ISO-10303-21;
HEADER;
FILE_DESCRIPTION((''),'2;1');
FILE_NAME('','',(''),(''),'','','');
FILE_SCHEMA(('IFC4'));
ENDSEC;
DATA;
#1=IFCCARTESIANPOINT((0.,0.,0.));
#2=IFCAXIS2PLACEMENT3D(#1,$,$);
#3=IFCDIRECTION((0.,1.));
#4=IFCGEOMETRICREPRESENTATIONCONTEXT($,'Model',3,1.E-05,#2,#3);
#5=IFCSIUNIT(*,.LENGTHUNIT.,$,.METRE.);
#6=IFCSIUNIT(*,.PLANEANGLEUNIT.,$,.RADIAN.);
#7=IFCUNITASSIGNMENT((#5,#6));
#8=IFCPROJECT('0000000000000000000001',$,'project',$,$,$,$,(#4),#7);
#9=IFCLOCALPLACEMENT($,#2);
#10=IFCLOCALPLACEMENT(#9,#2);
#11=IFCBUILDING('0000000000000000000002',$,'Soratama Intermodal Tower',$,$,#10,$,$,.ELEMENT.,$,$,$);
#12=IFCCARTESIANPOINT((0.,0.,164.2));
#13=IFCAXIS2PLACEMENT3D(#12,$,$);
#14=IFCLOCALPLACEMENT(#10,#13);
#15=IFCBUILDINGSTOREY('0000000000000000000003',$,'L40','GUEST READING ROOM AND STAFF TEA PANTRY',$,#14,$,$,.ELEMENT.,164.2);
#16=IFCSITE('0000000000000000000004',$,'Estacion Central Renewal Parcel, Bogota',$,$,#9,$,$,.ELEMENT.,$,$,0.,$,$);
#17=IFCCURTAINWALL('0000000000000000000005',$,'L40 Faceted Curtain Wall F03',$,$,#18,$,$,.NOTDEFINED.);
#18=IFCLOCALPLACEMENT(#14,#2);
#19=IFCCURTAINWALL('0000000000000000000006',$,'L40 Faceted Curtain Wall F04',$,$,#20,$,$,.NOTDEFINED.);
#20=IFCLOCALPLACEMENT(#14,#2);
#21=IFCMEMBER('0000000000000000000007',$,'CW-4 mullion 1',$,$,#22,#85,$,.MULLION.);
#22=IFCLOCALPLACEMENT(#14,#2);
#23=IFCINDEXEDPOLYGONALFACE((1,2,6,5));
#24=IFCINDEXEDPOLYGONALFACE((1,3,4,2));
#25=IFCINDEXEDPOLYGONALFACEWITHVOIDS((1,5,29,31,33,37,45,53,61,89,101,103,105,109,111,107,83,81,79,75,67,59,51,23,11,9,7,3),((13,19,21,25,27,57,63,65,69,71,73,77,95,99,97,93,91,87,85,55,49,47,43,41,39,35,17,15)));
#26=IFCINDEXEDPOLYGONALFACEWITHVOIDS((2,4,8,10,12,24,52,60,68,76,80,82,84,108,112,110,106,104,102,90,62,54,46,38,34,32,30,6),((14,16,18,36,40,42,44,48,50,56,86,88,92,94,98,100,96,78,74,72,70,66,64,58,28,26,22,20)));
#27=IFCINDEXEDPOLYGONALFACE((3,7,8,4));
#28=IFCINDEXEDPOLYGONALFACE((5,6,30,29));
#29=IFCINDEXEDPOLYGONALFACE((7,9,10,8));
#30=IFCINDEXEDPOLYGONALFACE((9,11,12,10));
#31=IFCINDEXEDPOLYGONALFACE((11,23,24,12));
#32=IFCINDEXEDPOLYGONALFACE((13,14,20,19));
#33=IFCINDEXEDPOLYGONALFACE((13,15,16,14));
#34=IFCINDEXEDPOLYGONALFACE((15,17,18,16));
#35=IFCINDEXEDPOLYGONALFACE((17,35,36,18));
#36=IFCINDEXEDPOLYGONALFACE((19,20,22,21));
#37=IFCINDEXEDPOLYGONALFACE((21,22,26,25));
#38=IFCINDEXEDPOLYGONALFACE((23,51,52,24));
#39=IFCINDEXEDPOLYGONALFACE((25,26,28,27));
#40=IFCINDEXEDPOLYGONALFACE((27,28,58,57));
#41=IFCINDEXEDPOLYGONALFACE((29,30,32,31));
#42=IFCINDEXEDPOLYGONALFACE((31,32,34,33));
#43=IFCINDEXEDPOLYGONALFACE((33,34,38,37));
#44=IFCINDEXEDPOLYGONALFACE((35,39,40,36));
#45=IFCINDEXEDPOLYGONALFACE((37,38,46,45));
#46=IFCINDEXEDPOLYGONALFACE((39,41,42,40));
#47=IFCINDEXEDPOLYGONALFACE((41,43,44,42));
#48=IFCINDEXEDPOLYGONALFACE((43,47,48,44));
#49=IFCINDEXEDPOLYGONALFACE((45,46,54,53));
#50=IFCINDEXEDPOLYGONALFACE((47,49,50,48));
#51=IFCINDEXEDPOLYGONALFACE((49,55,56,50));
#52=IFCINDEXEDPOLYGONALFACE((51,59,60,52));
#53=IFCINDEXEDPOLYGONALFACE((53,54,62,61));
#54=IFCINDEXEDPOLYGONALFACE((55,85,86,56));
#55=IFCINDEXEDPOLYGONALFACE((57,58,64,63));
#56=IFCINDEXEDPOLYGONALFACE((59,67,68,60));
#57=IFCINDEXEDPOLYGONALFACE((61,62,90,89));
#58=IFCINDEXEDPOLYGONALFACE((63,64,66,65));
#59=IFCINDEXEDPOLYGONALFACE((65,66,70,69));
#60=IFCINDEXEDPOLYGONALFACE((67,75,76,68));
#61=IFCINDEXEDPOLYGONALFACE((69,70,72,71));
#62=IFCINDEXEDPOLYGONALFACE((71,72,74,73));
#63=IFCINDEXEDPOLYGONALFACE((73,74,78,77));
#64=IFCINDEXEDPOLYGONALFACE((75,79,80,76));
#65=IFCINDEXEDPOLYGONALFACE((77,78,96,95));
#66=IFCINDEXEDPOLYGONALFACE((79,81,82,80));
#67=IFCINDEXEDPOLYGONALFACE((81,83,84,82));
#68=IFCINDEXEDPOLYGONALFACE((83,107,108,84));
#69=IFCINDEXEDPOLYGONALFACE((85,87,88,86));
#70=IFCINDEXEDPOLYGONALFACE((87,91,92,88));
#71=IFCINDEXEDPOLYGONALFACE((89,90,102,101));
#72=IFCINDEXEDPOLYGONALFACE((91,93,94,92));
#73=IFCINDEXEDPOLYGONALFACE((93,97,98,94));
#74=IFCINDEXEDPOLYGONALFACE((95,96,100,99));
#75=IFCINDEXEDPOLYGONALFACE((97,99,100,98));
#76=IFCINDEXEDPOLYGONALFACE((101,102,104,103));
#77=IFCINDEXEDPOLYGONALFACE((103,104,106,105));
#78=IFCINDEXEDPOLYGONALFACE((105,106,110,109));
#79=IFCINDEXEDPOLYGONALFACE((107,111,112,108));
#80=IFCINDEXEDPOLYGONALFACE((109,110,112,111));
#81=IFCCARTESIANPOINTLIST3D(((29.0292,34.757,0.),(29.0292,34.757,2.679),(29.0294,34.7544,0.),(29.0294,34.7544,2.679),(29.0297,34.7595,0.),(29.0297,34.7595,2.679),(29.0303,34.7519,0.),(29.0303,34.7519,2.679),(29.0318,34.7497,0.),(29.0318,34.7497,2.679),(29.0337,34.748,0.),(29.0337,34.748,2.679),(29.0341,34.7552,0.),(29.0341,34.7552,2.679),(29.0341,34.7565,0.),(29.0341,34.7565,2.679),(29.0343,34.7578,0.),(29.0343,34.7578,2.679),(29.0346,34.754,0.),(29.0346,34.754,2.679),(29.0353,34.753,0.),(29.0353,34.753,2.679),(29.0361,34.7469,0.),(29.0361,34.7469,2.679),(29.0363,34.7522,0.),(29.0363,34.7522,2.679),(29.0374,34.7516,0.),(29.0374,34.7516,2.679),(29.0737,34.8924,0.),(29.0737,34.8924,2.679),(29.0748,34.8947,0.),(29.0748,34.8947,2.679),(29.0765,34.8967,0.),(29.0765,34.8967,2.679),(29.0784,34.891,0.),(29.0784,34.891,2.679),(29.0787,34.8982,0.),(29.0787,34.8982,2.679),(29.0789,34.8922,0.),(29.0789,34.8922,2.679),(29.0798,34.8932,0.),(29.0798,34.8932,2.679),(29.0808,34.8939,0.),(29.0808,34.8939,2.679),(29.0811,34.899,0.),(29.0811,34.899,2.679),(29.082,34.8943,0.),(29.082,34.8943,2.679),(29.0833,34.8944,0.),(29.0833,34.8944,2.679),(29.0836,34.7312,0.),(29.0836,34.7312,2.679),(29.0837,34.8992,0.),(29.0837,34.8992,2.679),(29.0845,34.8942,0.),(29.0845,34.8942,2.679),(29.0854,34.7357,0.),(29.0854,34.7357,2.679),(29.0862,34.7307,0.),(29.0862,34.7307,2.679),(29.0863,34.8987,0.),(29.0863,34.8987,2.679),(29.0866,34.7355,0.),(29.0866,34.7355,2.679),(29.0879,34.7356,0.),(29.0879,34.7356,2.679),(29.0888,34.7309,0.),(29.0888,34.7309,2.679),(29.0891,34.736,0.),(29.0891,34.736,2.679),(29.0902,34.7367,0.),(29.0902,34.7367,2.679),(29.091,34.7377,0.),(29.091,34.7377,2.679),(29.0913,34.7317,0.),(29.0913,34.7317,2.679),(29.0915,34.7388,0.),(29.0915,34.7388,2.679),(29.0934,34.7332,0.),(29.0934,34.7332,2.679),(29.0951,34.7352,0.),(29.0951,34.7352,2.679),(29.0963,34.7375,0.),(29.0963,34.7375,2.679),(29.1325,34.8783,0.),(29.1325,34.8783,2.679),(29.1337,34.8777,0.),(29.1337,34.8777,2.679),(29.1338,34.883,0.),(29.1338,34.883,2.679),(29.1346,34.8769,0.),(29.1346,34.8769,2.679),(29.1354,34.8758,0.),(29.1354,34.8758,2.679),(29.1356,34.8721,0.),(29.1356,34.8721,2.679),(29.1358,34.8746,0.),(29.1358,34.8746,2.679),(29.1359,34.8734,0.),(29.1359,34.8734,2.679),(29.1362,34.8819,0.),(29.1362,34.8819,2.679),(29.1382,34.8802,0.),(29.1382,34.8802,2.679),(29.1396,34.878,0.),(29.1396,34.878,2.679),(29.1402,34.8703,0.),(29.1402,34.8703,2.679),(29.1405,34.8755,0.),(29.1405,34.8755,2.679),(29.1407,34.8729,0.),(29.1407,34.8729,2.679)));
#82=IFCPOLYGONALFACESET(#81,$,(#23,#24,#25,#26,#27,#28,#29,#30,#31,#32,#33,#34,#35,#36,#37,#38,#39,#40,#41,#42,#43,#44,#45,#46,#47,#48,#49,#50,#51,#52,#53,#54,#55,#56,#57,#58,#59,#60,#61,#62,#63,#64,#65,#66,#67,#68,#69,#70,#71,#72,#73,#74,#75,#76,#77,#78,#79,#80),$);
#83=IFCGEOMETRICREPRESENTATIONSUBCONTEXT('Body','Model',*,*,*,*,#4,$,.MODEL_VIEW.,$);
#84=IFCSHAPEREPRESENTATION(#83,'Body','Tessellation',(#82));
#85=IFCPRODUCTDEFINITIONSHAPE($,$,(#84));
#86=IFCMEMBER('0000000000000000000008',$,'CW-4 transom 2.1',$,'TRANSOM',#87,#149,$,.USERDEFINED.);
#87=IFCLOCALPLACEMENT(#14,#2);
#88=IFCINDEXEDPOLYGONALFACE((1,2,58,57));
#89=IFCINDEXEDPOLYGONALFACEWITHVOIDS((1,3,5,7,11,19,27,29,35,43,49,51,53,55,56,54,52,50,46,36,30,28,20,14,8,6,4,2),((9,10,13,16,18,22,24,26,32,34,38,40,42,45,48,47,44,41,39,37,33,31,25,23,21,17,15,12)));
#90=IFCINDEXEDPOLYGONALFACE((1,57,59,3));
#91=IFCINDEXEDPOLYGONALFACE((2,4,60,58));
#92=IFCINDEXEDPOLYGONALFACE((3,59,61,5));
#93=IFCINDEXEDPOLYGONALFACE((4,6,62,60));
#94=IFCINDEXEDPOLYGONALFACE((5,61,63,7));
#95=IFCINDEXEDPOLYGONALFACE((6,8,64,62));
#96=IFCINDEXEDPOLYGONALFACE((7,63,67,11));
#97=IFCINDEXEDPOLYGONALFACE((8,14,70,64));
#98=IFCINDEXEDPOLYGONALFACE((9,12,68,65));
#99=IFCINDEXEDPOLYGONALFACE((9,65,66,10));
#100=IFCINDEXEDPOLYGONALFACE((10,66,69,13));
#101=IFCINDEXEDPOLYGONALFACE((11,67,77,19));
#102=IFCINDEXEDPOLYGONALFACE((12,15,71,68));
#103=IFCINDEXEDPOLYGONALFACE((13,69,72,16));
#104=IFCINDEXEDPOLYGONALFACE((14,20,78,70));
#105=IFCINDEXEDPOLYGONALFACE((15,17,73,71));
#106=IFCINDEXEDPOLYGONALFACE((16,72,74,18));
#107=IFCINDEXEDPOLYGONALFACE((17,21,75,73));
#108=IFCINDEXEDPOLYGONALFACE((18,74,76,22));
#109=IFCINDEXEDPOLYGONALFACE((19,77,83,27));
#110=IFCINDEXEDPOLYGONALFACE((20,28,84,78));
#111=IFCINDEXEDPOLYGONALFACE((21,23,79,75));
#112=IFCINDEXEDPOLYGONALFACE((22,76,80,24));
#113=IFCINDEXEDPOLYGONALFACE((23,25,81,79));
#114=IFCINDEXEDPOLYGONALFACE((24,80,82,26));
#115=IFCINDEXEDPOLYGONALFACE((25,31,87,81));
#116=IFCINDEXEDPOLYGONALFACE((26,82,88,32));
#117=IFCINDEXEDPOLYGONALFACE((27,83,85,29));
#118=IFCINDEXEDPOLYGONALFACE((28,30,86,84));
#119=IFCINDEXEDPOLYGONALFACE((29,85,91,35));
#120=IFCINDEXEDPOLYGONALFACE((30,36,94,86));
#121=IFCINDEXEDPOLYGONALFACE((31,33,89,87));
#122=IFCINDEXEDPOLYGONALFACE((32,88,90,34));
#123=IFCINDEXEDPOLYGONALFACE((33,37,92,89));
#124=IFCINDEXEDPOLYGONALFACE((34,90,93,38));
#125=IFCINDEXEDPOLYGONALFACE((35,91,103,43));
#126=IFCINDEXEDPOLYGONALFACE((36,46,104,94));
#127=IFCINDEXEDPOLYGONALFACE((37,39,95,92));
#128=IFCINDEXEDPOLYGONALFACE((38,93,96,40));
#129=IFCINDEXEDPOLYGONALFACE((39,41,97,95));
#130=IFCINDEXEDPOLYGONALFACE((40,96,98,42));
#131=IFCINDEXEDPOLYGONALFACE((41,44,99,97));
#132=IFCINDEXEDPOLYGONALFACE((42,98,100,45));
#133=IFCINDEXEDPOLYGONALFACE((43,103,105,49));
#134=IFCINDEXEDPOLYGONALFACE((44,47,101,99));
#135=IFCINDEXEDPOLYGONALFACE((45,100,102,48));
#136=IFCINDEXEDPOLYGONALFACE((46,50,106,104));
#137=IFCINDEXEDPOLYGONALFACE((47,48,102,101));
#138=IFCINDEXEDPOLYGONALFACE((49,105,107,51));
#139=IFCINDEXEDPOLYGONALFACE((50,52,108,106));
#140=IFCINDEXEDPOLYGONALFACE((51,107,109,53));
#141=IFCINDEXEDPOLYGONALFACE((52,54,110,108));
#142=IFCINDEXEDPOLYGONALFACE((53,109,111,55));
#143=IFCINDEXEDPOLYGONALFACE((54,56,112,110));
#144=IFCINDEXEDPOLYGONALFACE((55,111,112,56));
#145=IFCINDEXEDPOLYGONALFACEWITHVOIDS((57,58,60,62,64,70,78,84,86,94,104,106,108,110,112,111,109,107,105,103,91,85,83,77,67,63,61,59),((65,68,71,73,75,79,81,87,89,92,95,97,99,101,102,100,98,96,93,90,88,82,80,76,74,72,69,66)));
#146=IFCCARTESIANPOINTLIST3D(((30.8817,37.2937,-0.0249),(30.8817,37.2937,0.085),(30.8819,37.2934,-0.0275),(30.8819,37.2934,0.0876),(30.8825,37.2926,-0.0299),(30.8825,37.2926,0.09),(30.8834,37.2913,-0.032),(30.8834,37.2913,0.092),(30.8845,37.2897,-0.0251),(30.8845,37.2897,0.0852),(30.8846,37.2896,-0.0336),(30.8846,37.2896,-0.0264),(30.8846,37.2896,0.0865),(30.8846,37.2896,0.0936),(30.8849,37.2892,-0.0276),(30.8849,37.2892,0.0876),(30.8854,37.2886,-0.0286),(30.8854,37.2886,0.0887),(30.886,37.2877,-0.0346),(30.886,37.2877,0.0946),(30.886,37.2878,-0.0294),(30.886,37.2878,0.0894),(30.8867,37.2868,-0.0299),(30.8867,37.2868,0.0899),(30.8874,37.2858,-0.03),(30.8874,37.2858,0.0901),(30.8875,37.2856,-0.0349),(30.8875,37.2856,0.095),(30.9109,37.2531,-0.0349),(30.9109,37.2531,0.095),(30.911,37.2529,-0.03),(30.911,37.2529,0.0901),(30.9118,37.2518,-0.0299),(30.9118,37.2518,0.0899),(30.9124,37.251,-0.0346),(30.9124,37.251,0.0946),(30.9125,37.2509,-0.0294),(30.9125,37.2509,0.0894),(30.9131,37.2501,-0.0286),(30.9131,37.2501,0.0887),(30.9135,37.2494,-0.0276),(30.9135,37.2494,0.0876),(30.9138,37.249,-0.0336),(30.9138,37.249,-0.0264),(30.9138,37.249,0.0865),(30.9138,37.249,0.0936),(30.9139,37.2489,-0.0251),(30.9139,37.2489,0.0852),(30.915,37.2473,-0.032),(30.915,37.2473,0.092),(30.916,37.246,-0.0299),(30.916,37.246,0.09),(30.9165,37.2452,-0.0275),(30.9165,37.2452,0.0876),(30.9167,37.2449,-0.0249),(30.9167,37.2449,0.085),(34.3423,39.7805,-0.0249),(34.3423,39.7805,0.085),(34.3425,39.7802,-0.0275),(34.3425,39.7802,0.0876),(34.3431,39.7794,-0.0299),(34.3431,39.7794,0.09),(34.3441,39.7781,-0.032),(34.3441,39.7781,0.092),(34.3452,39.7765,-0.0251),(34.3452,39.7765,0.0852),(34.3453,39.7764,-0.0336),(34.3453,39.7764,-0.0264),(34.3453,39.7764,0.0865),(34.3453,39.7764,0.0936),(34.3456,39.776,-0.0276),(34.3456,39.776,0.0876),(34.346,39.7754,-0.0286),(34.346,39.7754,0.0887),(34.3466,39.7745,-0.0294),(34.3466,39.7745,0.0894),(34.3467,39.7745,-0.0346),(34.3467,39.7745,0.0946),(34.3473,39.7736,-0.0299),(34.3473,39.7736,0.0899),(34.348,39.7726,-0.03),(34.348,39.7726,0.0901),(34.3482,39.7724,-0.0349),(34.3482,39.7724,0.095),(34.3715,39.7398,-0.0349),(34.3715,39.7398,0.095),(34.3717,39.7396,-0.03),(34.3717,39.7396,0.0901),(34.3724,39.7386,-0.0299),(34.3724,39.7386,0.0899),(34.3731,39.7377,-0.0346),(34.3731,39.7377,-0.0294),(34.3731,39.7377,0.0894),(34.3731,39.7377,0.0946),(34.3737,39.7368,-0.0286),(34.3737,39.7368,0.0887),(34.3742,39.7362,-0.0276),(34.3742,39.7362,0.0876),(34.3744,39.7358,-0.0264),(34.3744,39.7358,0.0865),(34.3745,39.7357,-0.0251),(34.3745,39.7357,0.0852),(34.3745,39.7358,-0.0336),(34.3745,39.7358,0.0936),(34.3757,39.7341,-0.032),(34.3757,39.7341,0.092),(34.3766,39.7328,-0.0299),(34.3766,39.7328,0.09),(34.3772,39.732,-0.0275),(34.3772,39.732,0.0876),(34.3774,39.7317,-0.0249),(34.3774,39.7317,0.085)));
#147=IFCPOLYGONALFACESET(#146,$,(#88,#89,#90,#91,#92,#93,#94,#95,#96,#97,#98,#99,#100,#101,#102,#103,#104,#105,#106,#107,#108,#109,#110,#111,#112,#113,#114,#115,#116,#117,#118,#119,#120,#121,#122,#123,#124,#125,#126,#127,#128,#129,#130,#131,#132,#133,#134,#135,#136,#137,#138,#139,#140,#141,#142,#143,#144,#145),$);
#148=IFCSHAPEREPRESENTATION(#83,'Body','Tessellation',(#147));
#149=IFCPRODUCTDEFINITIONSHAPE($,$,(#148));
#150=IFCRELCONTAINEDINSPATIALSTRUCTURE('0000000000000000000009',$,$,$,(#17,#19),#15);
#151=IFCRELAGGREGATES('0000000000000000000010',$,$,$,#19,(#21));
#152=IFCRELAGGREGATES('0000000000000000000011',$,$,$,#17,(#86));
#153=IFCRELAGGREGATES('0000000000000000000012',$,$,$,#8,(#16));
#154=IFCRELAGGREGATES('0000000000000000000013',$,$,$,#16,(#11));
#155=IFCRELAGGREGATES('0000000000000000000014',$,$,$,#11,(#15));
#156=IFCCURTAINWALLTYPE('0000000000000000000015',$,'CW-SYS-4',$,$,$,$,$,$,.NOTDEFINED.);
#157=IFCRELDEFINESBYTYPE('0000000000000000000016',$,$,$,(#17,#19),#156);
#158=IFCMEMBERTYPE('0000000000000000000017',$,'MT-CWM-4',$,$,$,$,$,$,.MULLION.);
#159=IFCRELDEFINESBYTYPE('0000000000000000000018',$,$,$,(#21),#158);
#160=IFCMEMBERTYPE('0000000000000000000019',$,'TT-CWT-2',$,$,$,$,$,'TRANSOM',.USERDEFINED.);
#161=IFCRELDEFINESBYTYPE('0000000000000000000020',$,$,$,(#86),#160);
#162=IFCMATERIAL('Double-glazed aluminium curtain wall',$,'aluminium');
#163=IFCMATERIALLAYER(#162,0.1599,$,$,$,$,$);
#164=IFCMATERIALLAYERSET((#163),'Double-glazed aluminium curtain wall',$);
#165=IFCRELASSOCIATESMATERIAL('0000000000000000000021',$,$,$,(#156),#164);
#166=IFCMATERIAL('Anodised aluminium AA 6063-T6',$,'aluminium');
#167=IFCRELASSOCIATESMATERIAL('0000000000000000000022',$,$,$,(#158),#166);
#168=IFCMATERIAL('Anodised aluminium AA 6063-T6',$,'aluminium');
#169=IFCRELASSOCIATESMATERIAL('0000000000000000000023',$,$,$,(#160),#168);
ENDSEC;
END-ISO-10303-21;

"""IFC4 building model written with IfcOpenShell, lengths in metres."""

from ifc_helpers import new_model, si_unit, direction, frame, origin, origin_2d, place, context, subcontext, project, spatial, hollow_rectangle, extrude, material, layer, layer_set, material_profile, profile_set, type_object, element, aggregate, save


model = new_model("IFC4")

# Units and contexts
model_context = context("Model", 3, precision=1e-05, world=origin(), true_north=direction((0.0, 1.0)))
body_context = subcontext(model_context, "Body", "Model", "MODEL_VIEW")
ifc_project = project(units=[si_unit("LENGTHUNIT", "METRE"), si_unit("PLANEANGLEUNIT", "RADIAN")], contexts=[model_context])

# Site, building, storey
site_placement = place(None, origin())
site = spatial("IfcSite", under=ifc_project, at=site_placement, Name="Estacion Central Renewal Parcel, Bogota", CompositionType="ELEMENT", RefElevation=0.0)
building_placement = place(site_placement, origin())
building = spatial("IfcBuilding", under=site, at=building_placement, Name="Soratama Intermodal Tower", CompositionType="ELEMENT")
storey_placement = place(building_placement, frame((0.0, 0.0, 164.2)))
storey = spatial("IfcBuildingStorey", under=building, at=storey_placement, Name="L40", Description="GUEST READING ROOM AND STAFF TEA PANTRY", CompositionType="ELEMENT", Elevation=164.2)

# Curtain wall
ifc_material_1 = material(Name="Double-glazed aluminium curtain wall", Category="aluminium")
ifc_layer_1 = layer(ifc_material_1, 0.1599)
ifc_layer_set_1 = layer_set([ifc_layer_1], Name="Double-glazed aluminium curtain wall")
curtain_wall_type = type_object("IfcCurtainWallType", Name="CW-SYS-4", PredefinedType="NOTDEFINED", material=ifc_layer_set_1)
curtain_wall_1_placement = place(storey_placement, origin())
curtain_wall_1 = element("IfcCurtainWall", 1, at=curtain_wall_1_placement, inside=storey, type_object=curtain_wall_type, Name="L40 Faceted Curtain Wall F03", PredefinedType="NOTDEFINED")
ifc_material_2 = material(Name="Anodised aluminium AA 6063-T6", Category="aluminium")
ifc_material_profile_1 = material_profile(ifc_material_2, hollow_rectangle(XDim=0.0701, YDim=0.1599, WallThickness=0.0049, InnerFilletRadius=0.0049, OuterFilletRadius=0.01, at=origin_2d()), Name="CWM160X70X5")
ifc_profile_set_1 = profile_set([ifc_material_profile_1], Name="Anodised aluminium AA 6063-T6")
member_type_1 = type_object("IfcMemberType", Name="MT-CWM-4", PredefinedType="MULLION", material=ifc_profile_set_1)

# Curtain wall, member
curtain_wall_2_placement = place(storey_placement, origin())
curtain_wall_2 = element("IfcCurtainWall", 2, at=curtain_wall_2_placement, inside=storey, type_object=curtain_wall_type, Name="L40 Faceted Curtain Wall F04", PredefinedType="NOTDEFINED")
member_1_placement = place(storey_placement, frame((29.085, 34.8149, 0.0), z_axis=(0.0, 0.0, 1.0), x_axis=(0.949425, -0.313993, 0.0)))
member_1 = element("IfcMember", 3, at=member_1_placement, type_object=member_type_1, Name="CW-4 mullion 1", PredefinedType="MULLION", context=body_context, shape_type="SweptSolid", body=[
    extrude(hollow_rectangle(XDim=0.0701, YDim=0.1599, WallThickness=0.0049, InnerFilletRadius=0.0049, OuterFilletRadius=0.01, at=origin_2d()), origin(), (0.0, 0.0, 1.0), 2.679),
])

# Member
ifc_material_3 = material(Name="Anodised aluminium AA 6063-T6", Category="aluminium")
ifc_material_profile_2 = material_profile(ifc_material_3, hollow_rectangle(XDim=0.0601, YDim=0.1299, WallThickness=0.0049, InnerFilletRadius=0.0049, OuterFilletRadius=0.01, at=origin_2d()), Name="CWT130X60X5")
ifc_profile_set_2 = profile_set([ifc_material_profile_2], Name="Anodised aluminium AA 6063-T6")
member_type_2 = type_object("IfcMemberType", Name="TT-CWT-2", ElementType="TRANSOM", PredefinedType="USERDEFINED", material=ifc_profile_set_2)
member_2_placement = place(storey_placement, frame((34.3599, 39.7561, 0.03), z_axis=(-0.812077, -0.58355, 0.0), x_axis=(0.58355, -0.812077, 0.0)))
member_2 = element("IfcMember", 4, at=member_2_placement, type_object=member_type_2, Name="CW-4 transom 2.1", ObjectType="TRANSOM", PredefinedType="USERDEFINED", context=body_context, shape_type="SweptSolid", body=[
    extrude(hollow_rectangle(XDim=0.0601, YDim=0.1299, WallThickness=0.0049, InnerFilletRadius=0.0049, OuterFilletRadius=0.01, at=origin_2d()), origin(), (0.0, 0.0, 1.0), 4.2615),
])
aggregate(curtain_wall_2, [member_1])

aggregate(curtain_wall_1, [member_2])

save(model, "model.ifc")
